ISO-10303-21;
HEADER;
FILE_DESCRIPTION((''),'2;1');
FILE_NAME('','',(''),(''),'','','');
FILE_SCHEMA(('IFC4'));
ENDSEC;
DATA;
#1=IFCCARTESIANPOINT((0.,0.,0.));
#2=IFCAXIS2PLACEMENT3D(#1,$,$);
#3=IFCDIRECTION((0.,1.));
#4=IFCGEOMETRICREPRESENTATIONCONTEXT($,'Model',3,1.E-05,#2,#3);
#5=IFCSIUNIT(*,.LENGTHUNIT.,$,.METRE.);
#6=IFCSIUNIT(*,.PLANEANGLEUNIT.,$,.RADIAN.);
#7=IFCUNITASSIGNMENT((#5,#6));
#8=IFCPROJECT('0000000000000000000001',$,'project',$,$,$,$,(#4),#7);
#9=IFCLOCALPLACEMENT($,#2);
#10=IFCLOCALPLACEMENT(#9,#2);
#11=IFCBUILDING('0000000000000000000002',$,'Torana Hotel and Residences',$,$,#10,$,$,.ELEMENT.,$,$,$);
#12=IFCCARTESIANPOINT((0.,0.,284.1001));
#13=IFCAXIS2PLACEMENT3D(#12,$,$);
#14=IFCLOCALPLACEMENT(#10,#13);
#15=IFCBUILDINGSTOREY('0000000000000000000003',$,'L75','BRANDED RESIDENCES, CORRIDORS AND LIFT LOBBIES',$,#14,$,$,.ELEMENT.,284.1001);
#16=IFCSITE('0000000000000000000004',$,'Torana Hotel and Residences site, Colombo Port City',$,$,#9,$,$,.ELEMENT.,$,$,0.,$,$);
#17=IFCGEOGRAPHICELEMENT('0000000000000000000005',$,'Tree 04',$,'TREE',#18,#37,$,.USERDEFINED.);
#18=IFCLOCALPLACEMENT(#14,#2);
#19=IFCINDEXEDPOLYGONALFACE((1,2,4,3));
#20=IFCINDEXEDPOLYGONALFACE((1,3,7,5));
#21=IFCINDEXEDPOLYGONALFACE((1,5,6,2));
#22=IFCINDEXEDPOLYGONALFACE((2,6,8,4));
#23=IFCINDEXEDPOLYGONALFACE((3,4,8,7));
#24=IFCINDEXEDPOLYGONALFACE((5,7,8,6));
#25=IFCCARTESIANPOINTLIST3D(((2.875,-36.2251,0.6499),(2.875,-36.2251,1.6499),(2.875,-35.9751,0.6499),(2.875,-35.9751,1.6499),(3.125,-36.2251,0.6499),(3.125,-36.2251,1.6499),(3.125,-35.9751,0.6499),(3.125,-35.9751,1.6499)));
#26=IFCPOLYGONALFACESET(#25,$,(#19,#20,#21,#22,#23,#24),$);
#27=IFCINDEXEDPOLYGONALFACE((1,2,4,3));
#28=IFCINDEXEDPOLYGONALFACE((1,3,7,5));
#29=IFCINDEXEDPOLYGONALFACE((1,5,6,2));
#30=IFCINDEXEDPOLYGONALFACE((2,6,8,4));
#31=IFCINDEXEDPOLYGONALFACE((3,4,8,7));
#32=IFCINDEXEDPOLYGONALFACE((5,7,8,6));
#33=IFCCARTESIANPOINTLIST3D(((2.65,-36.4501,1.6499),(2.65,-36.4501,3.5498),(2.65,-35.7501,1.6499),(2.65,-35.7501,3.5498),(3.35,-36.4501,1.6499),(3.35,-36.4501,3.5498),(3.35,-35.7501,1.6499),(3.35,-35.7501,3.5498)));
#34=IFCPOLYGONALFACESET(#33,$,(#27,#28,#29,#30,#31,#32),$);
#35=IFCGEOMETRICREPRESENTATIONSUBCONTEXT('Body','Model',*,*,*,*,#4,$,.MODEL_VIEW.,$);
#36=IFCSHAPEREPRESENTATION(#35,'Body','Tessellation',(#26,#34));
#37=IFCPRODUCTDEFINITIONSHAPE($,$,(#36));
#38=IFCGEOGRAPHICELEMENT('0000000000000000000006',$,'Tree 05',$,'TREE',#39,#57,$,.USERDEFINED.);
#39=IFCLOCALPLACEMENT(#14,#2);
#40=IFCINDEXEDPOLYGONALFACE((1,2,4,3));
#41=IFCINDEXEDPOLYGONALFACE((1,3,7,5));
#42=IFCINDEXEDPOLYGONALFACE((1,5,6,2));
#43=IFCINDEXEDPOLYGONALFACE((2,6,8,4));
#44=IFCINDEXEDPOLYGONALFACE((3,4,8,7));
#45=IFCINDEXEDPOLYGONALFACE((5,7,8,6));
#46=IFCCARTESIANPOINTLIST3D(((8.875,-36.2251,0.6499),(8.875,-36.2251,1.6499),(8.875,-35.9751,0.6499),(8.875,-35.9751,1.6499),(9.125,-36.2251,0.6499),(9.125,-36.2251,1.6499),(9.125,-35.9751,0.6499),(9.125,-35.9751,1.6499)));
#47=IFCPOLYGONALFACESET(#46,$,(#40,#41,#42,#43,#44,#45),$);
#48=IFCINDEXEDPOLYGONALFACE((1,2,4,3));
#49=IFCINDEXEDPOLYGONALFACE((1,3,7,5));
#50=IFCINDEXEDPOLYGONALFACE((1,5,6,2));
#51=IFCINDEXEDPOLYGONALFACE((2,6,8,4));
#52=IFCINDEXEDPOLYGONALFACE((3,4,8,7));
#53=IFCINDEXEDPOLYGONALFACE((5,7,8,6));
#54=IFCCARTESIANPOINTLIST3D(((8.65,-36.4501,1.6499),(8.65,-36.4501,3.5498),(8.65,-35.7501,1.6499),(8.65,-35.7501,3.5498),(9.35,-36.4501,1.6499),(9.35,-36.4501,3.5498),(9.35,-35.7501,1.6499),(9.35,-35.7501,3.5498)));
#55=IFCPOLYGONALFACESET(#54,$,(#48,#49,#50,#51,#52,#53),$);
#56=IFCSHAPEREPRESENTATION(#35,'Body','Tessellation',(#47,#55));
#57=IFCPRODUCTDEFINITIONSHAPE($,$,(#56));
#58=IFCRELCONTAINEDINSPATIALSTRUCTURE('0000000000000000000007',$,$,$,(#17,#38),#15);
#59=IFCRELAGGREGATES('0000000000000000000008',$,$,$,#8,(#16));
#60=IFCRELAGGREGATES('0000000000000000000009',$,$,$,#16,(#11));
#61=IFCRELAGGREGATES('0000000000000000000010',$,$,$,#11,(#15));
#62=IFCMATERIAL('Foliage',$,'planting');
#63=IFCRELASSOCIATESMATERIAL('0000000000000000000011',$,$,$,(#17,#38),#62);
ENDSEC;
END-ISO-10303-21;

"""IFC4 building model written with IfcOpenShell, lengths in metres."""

from ifc_helpers import new_model, si_unit, direction, frame, origin, origin_2d, place, context, subcontext, project, spatial, rectangle, extrude, material, element, save


model = new_model("IFC4")

# Units and contexts
model_context = context("Model", 3, precision=1e-05, world=origin(), true_north=direction((0.0, 1.0)))
body_context = subcontext(model_context, "Body", "Model", "MODEL_VIEW")
ifc_project = project(units=[si_unit("LENGTHUNIT", "METRE"), si_unit("PLANEANGLEUNIT", "RADIAN")], contexts=[model_context])

# Site, building, storey
site_placement = place(None, origin())
site = spatial("IfcSite", under=ifc_project, at=site_placement, Name="Torana Hotel and Residences site, Colombo Port City", CompositionType="ELEMENT", RefElevation=0.0)
building_placement = place(site_placement, origin())
building = spatial("IfcBuilding", under=site, at=building_placement, Name="Torana Hotel and Residences", CompositionType="ELEMENT")
storey_placement = place(building_placement, frame((0.0, 0.0, 284.1001)))
storey = spatial("IfcBuildingStorey", under=building, at=storey_placement, Name="L75", Description="BRANDED RESIDENCES, CORRIDORS AND LIFT LOBBIES", CompositionType="ELEMENT", Elevation=284.1001)

# Geographic elements
ifc_material_1 = material(Name="Foliage", Category="planting")
for number, where, z_axis, x_axis, name in (
    (1, (3.0, -36.1001, 0.6499), (0.0, 0.0, 1.0), (1.0, 0.0, 0.0), "Tree 04"),
    (2, (9.0, -36.1001, 0.6499), (0.0, 0.0, 1.0), (1.0, 0.0, 0.0), "Tree 05"),
):
    element("IfcGeographicElement", number, at=place(storey_placement, frame(where, z_axis=z_axis, x_axis=x_axis)), inside=storey, material=ifc_material_1, Name=name, ObjectType="TREE", PredefinedType="USERDEFINED", context=body_context, shape_type="SweptSolid", body=[
        extrude(rectangle(XDim=0.25, YDim=0.25, at=origin_2d()), origin(), (0.0, 0.0, 1.0), 1.0),
        extrude(rectangle(XDim=0.7, YDim=0.7, at=origin_2d()), frame((0.0, 0.0, 1.0)), (0.0, 0.0, 1.0), 1.8999),
    ])

save(model, "model.ifc")
